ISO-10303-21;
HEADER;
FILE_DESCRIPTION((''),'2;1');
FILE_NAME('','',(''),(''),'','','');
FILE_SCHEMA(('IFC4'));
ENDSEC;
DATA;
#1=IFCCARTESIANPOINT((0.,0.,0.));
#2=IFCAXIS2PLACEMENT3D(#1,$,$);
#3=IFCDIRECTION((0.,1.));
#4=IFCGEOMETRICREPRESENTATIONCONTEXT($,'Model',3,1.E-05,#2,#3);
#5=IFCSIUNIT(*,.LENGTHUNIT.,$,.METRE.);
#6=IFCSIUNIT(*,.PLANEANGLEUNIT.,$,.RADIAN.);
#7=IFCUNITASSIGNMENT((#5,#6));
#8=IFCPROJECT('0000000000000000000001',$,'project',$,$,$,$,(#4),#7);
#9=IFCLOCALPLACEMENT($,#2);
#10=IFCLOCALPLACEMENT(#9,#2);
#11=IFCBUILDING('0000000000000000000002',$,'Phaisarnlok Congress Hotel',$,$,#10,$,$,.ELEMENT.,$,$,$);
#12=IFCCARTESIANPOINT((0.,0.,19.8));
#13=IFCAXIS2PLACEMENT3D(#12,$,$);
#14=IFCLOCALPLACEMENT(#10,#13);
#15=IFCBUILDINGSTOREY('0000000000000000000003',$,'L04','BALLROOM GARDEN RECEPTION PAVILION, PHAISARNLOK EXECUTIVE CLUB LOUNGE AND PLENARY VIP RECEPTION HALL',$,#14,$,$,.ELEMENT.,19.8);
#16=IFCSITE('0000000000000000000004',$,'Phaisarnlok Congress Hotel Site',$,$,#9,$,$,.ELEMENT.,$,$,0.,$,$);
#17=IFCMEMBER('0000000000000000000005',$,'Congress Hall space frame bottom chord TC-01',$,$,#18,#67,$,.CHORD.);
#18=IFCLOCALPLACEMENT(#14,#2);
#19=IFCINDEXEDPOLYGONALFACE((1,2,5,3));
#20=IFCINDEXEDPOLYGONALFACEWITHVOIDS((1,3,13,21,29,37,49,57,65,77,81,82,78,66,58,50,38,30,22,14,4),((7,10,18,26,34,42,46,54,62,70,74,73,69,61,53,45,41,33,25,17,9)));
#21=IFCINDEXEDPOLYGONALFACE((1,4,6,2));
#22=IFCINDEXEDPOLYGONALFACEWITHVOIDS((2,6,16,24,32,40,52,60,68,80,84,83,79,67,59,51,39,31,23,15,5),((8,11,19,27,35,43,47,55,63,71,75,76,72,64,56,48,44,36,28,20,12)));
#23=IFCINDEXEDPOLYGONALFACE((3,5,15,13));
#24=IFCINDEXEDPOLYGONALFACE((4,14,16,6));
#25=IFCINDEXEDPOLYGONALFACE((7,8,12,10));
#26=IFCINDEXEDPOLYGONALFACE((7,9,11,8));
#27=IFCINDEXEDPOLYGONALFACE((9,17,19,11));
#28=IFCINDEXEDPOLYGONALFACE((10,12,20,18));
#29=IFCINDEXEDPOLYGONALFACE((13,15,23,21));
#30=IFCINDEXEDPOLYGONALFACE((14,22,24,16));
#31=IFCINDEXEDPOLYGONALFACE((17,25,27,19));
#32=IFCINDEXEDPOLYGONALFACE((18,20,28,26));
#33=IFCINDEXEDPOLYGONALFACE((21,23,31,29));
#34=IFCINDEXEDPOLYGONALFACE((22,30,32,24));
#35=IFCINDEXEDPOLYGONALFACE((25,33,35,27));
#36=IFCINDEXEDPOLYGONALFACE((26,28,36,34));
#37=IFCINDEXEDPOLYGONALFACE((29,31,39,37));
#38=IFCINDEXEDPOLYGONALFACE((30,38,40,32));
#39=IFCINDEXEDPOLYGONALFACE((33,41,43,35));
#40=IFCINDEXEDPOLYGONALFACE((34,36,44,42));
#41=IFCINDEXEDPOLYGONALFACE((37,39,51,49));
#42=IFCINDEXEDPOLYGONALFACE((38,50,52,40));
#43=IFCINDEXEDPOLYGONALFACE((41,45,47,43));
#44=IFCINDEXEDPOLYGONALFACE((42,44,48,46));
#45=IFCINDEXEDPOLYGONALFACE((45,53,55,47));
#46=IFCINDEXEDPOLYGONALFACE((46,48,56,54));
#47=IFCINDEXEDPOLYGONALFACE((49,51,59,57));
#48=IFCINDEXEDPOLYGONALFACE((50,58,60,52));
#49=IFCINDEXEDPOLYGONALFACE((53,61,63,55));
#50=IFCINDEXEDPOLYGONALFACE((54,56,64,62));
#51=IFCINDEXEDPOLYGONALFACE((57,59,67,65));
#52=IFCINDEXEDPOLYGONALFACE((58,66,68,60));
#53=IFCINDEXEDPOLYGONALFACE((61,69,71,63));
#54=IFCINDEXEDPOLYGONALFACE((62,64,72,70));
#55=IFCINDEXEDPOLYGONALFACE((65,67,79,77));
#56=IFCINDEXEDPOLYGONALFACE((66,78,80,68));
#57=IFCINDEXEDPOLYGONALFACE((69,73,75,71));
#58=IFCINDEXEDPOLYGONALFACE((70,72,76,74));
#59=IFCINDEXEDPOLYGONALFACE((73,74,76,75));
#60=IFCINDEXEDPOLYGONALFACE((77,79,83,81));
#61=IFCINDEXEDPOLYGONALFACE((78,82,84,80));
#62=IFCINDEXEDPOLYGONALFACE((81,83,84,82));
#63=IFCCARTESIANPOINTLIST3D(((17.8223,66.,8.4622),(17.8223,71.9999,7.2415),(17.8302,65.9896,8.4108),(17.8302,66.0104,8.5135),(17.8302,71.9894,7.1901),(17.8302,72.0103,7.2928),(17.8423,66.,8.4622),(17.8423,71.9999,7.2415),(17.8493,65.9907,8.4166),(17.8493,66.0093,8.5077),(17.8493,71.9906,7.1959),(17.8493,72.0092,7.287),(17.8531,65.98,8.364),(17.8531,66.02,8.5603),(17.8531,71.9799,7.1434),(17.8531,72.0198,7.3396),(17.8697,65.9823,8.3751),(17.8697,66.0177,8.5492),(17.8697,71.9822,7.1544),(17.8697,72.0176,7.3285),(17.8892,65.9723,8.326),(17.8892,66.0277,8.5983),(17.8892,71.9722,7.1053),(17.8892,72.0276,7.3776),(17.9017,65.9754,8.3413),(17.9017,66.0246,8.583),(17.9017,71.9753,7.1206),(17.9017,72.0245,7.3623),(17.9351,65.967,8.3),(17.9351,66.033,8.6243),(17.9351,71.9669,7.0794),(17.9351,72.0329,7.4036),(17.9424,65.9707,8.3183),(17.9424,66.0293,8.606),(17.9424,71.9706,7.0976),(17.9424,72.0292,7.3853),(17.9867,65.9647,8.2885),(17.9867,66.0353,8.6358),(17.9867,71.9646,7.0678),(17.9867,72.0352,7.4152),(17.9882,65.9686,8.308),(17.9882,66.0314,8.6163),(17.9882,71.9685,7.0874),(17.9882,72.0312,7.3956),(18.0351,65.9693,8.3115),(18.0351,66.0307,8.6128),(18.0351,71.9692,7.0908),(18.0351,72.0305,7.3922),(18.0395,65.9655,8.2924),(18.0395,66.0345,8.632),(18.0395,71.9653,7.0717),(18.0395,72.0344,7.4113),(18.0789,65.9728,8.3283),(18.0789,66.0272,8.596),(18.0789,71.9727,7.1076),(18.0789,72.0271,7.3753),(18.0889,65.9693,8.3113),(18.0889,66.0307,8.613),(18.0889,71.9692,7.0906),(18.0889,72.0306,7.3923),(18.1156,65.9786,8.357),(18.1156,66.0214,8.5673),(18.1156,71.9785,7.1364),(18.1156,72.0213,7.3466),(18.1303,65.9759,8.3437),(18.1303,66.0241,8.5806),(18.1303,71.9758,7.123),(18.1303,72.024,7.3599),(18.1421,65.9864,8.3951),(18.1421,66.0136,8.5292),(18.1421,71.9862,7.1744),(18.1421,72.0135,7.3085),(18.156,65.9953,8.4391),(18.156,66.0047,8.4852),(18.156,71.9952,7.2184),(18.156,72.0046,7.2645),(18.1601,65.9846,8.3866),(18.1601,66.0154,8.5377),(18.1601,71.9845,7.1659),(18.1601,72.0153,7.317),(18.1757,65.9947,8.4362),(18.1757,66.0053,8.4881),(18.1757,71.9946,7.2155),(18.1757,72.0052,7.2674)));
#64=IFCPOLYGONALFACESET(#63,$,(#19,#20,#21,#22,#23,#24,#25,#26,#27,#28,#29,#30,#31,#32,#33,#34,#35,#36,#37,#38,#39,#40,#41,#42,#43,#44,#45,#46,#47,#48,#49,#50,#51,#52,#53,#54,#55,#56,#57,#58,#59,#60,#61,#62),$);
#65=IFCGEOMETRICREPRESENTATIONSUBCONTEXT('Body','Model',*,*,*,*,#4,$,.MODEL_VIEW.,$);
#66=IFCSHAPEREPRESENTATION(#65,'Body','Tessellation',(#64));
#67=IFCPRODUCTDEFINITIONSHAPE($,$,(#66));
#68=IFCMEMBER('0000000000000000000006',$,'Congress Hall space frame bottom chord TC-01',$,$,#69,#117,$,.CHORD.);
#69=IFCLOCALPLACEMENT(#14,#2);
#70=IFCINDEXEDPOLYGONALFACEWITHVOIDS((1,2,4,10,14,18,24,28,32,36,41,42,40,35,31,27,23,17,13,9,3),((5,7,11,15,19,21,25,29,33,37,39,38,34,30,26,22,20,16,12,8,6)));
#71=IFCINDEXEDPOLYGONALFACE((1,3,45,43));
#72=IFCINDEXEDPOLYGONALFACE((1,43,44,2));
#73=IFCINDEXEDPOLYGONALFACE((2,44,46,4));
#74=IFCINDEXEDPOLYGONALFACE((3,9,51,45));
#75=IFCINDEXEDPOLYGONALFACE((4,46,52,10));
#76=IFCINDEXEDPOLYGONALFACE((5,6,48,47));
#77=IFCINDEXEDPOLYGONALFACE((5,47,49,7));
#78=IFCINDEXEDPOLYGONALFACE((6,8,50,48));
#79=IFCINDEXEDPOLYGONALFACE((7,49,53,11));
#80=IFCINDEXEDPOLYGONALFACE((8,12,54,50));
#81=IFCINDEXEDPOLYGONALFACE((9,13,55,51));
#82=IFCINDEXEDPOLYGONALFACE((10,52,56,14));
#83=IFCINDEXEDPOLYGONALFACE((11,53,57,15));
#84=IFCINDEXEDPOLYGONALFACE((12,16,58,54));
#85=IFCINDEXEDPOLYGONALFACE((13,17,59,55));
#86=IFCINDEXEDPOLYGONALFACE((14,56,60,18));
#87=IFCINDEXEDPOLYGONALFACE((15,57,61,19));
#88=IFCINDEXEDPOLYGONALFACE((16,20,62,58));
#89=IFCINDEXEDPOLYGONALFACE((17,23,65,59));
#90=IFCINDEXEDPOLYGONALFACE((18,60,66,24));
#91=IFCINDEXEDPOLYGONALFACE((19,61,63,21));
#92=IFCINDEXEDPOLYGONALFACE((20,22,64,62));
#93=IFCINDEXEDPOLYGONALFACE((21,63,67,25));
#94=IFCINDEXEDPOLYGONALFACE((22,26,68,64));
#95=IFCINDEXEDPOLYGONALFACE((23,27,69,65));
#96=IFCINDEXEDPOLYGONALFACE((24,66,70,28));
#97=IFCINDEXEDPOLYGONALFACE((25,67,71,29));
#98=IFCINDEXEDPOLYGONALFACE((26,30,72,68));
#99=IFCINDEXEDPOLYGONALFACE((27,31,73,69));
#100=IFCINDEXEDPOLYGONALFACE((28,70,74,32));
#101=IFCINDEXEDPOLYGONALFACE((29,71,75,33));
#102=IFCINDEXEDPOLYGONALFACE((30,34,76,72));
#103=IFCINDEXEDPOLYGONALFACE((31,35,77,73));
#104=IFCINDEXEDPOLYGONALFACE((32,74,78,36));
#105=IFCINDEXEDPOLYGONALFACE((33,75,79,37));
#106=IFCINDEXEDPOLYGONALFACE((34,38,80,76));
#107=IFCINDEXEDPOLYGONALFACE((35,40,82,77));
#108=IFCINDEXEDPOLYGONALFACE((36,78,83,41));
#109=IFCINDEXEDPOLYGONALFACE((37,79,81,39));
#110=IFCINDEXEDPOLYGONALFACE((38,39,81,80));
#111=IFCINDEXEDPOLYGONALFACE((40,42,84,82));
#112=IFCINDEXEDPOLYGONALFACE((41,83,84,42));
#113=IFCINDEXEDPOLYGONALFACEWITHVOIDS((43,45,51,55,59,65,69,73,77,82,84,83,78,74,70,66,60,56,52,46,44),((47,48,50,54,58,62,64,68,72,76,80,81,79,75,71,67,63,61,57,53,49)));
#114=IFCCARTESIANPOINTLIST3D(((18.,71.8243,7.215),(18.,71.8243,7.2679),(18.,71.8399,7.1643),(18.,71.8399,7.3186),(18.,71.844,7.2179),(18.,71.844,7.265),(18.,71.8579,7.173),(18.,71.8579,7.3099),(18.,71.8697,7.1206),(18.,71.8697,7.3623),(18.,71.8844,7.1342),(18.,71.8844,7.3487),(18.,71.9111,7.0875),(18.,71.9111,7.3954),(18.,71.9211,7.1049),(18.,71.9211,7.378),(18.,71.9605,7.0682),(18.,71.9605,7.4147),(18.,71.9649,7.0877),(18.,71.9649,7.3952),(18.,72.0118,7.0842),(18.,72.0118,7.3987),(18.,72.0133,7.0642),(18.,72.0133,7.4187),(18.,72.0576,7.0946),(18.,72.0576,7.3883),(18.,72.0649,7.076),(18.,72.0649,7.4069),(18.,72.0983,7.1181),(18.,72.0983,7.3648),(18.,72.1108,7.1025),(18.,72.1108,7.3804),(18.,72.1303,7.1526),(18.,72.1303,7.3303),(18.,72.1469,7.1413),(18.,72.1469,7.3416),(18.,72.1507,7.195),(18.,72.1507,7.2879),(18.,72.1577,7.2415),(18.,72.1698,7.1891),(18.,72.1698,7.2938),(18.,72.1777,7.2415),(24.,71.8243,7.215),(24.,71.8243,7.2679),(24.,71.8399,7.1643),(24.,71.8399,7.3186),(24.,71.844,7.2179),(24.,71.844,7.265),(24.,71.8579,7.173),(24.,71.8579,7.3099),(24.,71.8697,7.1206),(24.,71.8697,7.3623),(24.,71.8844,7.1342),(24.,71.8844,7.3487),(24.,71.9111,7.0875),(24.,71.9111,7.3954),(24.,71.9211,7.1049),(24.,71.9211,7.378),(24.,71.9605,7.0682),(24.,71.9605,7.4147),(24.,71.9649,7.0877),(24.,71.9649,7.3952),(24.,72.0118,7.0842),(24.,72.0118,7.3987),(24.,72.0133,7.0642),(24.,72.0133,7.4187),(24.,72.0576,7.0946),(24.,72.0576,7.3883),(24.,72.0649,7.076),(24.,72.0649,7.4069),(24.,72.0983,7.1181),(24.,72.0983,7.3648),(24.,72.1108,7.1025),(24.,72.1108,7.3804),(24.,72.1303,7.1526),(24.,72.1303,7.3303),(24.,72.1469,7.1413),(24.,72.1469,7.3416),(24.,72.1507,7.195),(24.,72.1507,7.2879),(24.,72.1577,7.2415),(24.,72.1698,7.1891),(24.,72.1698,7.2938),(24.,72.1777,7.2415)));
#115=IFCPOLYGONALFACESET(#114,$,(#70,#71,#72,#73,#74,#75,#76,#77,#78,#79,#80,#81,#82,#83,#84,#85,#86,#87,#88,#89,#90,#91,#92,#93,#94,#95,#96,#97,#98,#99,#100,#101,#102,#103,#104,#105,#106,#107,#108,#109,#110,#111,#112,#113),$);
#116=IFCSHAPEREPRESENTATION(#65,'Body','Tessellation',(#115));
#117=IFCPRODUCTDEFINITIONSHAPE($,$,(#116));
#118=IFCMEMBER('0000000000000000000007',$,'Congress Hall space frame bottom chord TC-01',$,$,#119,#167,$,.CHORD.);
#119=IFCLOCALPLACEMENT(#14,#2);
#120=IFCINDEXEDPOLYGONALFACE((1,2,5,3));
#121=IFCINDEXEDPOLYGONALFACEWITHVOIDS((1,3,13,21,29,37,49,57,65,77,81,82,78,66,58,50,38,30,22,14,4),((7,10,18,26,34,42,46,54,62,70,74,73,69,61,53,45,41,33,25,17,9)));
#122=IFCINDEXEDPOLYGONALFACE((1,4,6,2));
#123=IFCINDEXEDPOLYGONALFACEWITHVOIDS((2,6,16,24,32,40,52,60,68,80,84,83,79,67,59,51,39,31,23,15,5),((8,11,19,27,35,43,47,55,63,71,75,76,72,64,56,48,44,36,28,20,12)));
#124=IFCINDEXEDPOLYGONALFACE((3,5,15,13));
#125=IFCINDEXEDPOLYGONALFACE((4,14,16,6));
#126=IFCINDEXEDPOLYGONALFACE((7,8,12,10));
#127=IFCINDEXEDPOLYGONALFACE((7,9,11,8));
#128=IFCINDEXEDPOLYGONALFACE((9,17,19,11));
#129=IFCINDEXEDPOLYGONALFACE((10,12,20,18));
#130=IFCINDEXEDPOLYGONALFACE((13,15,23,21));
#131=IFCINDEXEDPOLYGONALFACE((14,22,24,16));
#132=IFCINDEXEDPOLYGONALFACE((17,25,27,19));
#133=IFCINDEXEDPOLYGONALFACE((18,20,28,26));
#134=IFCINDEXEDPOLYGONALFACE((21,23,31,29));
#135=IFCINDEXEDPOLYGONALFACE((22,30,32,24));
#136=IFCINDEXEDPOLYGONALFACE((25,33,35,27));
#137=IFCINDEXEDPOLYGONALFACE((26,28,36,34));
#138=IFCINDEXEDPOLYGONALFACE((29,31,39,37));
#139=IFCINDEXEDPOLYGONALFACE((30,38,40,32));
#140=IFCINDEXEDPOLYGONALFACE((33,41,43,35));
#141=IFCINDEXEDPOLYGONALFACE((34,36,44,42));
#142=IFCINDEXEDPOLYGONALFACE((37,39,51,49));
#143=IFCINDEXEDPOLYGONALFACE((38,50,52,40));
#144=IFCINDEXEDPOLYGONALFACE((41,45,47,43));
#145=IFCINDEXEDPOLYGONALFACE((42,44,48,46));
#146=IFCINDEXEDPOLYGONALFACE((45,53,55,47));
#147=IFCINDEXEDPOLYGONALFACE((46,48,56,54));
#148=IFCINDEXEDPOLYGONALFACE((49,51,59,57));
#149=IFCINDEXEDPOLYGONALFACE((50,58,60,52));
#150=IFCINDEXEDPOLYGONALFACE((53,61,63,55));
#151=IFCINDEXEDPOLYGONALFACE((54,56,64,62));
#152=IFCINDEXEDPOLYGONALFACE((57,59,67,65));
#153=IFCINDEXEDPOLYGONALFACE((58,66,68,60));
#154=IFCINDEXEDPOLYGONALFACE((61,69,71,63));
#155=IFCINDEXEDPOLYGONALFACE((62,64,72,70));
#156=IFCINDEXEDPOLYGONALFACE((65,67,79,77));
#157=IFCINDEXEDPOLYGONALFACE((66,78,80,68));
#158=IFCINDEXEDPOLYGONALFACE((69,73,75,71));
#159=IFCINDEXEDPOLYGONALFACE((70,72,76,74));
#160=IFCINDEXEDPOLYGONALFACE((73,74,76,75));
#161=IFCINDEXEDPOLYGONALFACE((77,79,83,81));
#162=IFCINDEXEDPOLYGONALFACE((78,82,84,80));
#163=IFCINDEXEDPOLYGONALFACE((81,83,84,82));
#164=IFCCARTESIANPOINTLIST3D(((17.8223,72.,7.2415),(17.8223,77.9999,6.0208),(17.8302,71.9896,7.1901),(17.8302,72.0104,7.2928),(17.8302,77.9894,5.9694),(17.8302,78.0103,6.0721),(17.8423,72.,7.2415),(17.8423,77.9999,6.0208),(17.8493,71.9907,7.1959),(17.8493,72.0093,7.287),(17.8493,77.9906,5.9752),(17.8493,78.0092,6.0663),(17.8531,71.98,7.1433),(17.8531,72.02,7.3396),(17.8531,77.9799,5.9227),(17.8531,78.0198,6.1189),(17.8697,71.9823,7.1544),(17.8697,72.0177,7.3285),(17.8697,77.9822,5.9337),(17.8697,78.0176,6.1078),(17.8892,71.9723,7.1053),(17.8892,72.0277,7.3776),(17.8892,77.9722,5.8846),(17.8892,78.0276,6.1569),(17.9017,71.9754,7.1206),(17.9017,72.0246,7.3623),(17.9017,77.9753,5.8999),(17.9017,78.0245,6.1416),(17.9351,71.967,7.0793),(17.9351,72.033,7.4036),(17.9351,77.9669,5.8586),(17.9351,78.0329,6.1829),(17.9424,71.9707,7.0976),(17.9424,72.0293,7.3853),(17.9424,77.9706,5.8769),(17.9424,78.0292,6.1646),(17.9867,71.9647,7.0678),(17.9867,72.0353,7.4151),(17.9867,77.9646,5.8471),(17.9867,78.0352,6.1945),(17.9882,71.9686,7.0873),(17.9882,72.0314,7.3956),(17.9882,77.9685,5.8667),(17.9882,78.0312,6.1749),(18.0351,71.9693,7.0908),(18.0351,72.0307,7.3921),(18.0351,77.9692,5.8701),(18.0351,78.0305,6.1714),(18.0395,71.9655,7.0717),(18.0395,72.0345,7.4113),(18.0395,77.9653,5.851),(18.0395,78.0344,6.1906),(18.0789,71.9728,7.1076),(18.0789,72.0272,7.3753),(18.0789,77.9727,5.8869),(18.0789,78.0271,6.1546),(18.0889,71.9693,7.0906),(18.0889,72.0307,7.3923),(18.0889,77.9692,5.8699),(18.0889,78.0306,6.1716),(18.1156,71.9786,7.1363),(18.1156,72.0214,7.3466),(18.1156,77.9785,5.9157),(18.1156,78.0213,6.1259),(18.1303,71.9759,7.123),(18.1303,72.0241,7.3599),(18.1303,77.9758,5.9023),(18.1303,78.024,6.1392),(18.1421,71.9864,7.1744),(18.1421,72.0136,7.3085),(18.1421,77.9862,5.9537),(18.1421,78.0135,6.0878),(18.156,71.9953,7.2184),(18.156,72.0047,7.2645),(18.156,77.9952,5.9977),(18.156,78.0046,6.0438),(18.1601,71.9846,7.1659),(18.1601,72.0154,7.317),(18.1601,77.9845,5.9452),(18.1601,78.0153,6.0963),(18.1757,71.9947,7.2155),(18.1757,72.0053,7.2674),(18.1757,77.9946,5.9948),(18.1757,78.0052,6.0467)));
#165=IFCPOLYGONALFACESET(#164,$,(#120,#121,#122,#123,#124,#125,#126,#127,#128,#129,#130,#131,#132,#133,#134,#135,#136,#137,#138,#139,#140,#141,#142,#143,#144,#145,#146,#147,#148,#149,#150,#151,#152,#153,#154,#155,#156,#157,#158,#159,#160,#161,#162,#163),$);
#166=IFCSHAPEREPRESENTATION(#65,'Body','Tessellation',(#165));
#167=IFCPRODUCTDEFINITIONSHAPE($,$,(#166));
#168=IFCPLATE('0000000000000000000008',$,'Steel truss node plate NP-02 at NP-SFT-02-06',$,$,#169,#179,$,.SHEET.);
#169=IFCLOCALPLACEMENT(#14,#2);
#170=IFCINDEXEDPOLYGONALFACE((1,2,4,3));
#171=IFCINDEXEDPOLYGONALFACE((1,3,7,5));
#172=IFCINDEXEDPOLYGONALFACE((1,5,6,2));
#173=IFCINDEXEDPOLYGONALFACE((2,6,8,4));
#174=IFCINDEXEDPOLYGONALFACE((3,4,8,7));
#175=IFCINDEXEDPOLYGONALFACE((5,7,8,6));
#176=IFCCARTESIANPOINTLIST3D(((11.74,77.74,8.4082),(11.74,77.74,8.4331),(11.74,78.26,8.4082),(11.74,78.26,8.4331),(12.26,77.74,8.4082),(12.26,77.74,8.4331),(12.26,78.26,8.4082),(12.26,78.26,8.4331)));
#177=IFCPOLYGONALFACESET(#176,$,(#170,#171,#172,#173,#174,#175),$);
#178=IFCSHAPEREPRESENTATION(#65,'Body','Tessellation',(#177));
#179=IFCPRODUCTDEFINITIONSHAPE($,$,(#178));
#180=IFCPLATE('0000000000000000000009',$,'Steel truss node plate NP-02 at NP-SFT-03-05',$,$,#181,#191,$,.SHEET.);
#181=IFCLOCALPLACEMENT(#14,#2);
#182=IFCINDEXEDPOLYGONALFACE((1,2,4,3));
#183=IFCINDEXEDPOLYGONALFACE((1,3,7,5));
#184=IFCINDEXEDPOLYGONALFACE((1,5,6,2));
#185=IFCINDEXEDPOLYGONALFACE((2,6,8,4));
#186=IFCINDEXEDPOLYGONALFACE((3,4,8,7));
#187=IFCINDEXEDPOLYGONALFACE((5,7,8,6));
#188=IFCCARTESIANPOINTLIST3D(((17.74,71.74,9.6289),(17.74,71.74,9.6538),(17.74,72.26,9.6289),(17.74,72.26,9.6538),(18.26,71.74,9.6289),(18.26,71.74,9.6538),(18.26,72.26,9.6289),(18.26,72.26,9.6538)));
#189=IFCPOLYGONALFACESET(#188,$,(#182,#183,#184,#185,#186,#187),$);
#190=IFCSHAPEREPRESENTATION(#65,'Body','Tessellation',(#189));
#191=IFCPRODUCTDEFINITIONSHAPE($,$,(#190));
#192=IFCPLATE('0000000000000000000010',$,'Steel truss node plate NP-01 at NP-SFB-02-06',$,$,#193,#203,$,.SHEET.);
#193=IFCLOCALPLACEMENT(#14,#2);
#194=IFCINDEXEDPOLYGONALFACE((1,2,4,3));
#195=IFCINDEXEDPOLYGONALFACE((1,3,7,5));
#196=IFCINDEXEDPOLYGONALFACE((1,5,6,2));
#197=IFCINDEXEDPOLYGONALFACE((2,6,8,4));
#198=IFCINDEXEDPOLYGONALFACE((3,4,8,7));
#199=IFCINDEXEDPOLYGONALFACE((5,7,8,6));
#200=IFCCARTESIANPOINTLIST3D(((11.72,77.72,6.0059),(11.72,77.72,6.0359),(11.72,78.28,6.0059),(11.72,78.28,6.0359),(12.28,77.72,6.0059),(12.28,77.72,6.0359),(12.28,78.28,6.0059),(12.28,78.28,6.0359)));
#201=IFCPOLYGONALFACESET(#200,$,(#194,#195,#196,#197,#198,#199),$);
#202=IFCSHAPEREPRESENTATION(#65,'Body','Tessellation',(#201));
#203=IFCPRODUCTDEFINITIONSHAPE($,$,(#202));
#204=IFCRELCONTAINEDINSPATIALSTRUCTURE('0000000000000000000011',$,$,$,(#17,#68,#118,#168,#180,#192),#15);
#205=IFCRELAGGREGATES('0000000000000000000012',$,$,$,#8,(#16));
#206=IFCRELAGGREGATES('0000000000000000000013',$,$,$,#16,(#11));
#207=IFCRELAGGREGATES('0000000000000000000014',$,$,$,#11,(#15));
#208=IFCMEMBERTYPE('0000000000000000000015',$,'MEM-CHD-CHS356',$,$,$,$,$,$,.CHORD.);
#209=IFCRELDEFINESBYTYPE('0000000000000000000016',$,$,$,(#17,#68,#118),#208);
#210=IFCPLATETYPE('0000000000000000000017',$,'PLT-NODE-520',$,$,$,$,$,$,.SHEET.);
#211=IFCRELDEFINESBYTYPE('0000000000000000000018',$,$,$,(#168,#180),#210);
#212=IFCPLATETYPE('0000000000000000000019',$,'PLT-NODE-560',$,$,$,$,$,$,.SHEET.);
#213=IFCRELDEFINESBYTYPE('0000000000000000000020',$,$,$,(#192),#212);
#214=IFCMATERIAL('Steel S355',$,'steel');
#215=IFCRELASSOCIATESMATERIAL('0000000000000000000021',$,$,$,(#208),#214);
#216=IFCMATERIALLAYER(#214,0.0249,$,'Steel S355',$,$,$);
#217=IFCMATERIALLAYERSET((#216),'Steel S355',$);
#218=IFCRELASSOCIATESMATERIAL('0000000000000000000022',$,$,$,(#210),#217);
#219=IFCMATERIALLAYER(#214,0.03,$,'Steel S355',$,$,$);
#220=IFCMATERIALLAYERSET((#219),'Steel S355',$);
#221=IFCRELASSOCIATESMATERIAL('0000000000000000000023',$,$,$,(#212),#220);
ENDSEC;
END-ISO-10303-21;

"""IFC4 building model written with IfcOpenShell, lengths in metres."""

from ifc_helpers import new_model, si_unit, direction, frame, origin, origin_2d, place, context, subcontext, project, spatial, rectangle, hollow_circle, extrude, material, layer, layer_set, material_profile, profile_set, type_object, element, save


model = new_model("IFC4")

# Units and contexts
model_context = context("Model", 3, precision=1e-05, world=origin(), true_north=direction((0.0, 1.0)))
body_context = subcontext(model_context, "Body", "Model", "MODEL_VIEW")
ifc_project = project(units=[si_unit("LENGTHUNIT", "METRE"), si_unit("PLANEANGLEUNIT", "RADIAN")], contexts=[model_context])

# Site, building, storey
site_placement = place(None, origin())
site = spatial("IfcSite", under=ifc_project, at=site_placement, Name="Phaisarnlok Congress Hotel Site", CompositionType="ELEMENT", RefElevation=0.0)
building_placement = place(site_placement, origin())
building = spatial("IfcBuilding", under=site, at=building_placement, Name="Phaisarnlok Congress Hotel", CompositionType="ELEMENT")
storey_placement = place(building_placement, frame((0.0, 0.0, 19.8)))
storey = spatial("IfcBuildingStorey", under=building, at=storey_placement, Name="L04", Description="BALLROOM GARDEN RECEPTION PAVILION, PHAISARNLOK EXECUTIVE CLUB LOUNGE AND PLENARY VIP RECEPTION HALL", CompositionType="ELEMENT", Elevation=19.8)

# Members
ifc_material = material(Name="Steel S355", Category="steel")
ifc_material_profile_1 = material_profile(ifc_material, hollow_circle(Radius=0.1777, WallThickness=0.02, at=origin_2d()), Name="CHS 355.6x20")
ifc_profile_set_1 = profile_set([ifc_material_profile_1], Name="Steel S355")
member_type_1 = type_object("IfcMemberType", Name="MEM-CHD-CHS356", PredefinedType="CHORD", material=ifc_profile_set_1)
member_1_placement = place(storey_placement, frame((18.0, 66.0, 8.4622), z_axis=(0.0, 0.979925, -0.199366), x_axis=(-1.0, 0.0, 0.0)))
element("IfcMember", 1, at=member_1_placement, inside=storey, type_object=member_type_1, Name="Congress Hall space frame bottom chord TC-01", PredefinedType="CHORD", context=body_context, shape_type="SweptSolid", body=[
    extrude(hollow_circle(Radius=0.1777, WallThickness=0.02, at=origin_2d()), origin(), (0.0, 0.0, 1.0), 6.1228),
])
member_2_placement = place(storey_placement, frame((18.0, 72.0, 7.2415), z_axis=(1.0, 0.0, 0.0), x_axis=(0.0, 1.0, 0.0)))
element("IfcMember", 2, at=member_2_placement, inside=storey, type_object=member_type_1, Name="Congress Hall space frame bottom chord TC-01", PredefinedType="CHORD", context=body_context, shape_type="SweptSolid", body=[
    extrude(hollow_circle(Radius=0.1777, WallThickness=0.02, at=origin_2d()), origin(), (0.0, 0.0, 1.0), 6.0),
])
member_3_placement = place(storey_placement, frame((18.0, 72.0, 7.2415), z_axis=(0.0, 0.979925, -0.199366), x_axis=(-1.0, 0.0, 0.0)))
element("IfcMember", 3, at=member_3_placement, inside=storey, type_object=member_type_1, Name="Congress Hall space frame bottom chord TC-01", PredefinedType="CHORD", context=body_context, shape_type="SweptSolid", body=[
    extrude(hollow_circle(Radius=0.1777, WallThickness=0.02, at=origin_2d()), origin(), (0.0, 0.0, 1.0), 6.1228),
])

# Plates
ifc_layer_1 = layer(ifc_material, 0.0249, Name="Steel S355")
ifc_layer_set_1 = layer_set([ifc_layer_1], Name="Steel S355")
plate_type_1 = type_object("IfcPlateType", Name="PLT-NODE-520", PredefinedType="SHEET", material=ifc_layer_set_1)
for number, where, z_axis, x_axis, name in (
    (4, (12.0, 78.0, 8.4082), (0.0, 0.0, 1.0), (1.0, 0.0, 0.0), "Steel truss node plate NP-02 at NP-SFT-02-06"),
    (5, (18.0, 72.0, 9.6289), (0.0, 0.0, 1.0), (1.0, 0.0, 0.0), "Steel truss node plate NP-02 at NP-SFT-03-05"),
):
    element("IfcPlate", number, at=place(storey_placement, frame(where, z_axis=z_axis, x_axis=x_axis)), inside=storey, type_object=plate_type_1, Name=name, PredefinedType="SHEET", context=body_context, shape_type="SweptSolid", body=[
        extrude(rectangle(XDim=0.52, YDim=0.52, at=origin_2d()), origin(), (0.0, 0.0, 1.0), 0.0249),
    ])
ifc_layer_2 = layer(ifc_material, 0.03, Name="Steel S355")
ifc_layer_set_2 = layer_set([ifc_layer_2], Name="Steel S355")
plate_type_2 = type_object("IfcPlateType", Name="PLT-NODE-560", PredefinedType="SHEET", material=ifc_layer_set_2)
for number, where, z_axis, x_axis, name in (
    (6, (12.0, 78.0, 6.0059), (0.0, 0.0, 1.0), (1.0, 0.0, 0.0), "Steel truss node plate NP-01 at NP-SFB-02-06"),
):
    element("IfcPlate", number, at=place(storey_placement, frame(where, z_axis=z_axis, x_axis=x_axis)), inside=storey, type_object=plate_type_2, Name=name, PredefinedType="SHEET", context=body_context, shape_type="SweptSolid", body=[
        extrude(rectangle(XDim=0.5601, YDim=0.5601, at=origin_2d()), origin(), (0.0, 0.0, 1.0), 0.03),
    ])

save(model, "model.ifc")
